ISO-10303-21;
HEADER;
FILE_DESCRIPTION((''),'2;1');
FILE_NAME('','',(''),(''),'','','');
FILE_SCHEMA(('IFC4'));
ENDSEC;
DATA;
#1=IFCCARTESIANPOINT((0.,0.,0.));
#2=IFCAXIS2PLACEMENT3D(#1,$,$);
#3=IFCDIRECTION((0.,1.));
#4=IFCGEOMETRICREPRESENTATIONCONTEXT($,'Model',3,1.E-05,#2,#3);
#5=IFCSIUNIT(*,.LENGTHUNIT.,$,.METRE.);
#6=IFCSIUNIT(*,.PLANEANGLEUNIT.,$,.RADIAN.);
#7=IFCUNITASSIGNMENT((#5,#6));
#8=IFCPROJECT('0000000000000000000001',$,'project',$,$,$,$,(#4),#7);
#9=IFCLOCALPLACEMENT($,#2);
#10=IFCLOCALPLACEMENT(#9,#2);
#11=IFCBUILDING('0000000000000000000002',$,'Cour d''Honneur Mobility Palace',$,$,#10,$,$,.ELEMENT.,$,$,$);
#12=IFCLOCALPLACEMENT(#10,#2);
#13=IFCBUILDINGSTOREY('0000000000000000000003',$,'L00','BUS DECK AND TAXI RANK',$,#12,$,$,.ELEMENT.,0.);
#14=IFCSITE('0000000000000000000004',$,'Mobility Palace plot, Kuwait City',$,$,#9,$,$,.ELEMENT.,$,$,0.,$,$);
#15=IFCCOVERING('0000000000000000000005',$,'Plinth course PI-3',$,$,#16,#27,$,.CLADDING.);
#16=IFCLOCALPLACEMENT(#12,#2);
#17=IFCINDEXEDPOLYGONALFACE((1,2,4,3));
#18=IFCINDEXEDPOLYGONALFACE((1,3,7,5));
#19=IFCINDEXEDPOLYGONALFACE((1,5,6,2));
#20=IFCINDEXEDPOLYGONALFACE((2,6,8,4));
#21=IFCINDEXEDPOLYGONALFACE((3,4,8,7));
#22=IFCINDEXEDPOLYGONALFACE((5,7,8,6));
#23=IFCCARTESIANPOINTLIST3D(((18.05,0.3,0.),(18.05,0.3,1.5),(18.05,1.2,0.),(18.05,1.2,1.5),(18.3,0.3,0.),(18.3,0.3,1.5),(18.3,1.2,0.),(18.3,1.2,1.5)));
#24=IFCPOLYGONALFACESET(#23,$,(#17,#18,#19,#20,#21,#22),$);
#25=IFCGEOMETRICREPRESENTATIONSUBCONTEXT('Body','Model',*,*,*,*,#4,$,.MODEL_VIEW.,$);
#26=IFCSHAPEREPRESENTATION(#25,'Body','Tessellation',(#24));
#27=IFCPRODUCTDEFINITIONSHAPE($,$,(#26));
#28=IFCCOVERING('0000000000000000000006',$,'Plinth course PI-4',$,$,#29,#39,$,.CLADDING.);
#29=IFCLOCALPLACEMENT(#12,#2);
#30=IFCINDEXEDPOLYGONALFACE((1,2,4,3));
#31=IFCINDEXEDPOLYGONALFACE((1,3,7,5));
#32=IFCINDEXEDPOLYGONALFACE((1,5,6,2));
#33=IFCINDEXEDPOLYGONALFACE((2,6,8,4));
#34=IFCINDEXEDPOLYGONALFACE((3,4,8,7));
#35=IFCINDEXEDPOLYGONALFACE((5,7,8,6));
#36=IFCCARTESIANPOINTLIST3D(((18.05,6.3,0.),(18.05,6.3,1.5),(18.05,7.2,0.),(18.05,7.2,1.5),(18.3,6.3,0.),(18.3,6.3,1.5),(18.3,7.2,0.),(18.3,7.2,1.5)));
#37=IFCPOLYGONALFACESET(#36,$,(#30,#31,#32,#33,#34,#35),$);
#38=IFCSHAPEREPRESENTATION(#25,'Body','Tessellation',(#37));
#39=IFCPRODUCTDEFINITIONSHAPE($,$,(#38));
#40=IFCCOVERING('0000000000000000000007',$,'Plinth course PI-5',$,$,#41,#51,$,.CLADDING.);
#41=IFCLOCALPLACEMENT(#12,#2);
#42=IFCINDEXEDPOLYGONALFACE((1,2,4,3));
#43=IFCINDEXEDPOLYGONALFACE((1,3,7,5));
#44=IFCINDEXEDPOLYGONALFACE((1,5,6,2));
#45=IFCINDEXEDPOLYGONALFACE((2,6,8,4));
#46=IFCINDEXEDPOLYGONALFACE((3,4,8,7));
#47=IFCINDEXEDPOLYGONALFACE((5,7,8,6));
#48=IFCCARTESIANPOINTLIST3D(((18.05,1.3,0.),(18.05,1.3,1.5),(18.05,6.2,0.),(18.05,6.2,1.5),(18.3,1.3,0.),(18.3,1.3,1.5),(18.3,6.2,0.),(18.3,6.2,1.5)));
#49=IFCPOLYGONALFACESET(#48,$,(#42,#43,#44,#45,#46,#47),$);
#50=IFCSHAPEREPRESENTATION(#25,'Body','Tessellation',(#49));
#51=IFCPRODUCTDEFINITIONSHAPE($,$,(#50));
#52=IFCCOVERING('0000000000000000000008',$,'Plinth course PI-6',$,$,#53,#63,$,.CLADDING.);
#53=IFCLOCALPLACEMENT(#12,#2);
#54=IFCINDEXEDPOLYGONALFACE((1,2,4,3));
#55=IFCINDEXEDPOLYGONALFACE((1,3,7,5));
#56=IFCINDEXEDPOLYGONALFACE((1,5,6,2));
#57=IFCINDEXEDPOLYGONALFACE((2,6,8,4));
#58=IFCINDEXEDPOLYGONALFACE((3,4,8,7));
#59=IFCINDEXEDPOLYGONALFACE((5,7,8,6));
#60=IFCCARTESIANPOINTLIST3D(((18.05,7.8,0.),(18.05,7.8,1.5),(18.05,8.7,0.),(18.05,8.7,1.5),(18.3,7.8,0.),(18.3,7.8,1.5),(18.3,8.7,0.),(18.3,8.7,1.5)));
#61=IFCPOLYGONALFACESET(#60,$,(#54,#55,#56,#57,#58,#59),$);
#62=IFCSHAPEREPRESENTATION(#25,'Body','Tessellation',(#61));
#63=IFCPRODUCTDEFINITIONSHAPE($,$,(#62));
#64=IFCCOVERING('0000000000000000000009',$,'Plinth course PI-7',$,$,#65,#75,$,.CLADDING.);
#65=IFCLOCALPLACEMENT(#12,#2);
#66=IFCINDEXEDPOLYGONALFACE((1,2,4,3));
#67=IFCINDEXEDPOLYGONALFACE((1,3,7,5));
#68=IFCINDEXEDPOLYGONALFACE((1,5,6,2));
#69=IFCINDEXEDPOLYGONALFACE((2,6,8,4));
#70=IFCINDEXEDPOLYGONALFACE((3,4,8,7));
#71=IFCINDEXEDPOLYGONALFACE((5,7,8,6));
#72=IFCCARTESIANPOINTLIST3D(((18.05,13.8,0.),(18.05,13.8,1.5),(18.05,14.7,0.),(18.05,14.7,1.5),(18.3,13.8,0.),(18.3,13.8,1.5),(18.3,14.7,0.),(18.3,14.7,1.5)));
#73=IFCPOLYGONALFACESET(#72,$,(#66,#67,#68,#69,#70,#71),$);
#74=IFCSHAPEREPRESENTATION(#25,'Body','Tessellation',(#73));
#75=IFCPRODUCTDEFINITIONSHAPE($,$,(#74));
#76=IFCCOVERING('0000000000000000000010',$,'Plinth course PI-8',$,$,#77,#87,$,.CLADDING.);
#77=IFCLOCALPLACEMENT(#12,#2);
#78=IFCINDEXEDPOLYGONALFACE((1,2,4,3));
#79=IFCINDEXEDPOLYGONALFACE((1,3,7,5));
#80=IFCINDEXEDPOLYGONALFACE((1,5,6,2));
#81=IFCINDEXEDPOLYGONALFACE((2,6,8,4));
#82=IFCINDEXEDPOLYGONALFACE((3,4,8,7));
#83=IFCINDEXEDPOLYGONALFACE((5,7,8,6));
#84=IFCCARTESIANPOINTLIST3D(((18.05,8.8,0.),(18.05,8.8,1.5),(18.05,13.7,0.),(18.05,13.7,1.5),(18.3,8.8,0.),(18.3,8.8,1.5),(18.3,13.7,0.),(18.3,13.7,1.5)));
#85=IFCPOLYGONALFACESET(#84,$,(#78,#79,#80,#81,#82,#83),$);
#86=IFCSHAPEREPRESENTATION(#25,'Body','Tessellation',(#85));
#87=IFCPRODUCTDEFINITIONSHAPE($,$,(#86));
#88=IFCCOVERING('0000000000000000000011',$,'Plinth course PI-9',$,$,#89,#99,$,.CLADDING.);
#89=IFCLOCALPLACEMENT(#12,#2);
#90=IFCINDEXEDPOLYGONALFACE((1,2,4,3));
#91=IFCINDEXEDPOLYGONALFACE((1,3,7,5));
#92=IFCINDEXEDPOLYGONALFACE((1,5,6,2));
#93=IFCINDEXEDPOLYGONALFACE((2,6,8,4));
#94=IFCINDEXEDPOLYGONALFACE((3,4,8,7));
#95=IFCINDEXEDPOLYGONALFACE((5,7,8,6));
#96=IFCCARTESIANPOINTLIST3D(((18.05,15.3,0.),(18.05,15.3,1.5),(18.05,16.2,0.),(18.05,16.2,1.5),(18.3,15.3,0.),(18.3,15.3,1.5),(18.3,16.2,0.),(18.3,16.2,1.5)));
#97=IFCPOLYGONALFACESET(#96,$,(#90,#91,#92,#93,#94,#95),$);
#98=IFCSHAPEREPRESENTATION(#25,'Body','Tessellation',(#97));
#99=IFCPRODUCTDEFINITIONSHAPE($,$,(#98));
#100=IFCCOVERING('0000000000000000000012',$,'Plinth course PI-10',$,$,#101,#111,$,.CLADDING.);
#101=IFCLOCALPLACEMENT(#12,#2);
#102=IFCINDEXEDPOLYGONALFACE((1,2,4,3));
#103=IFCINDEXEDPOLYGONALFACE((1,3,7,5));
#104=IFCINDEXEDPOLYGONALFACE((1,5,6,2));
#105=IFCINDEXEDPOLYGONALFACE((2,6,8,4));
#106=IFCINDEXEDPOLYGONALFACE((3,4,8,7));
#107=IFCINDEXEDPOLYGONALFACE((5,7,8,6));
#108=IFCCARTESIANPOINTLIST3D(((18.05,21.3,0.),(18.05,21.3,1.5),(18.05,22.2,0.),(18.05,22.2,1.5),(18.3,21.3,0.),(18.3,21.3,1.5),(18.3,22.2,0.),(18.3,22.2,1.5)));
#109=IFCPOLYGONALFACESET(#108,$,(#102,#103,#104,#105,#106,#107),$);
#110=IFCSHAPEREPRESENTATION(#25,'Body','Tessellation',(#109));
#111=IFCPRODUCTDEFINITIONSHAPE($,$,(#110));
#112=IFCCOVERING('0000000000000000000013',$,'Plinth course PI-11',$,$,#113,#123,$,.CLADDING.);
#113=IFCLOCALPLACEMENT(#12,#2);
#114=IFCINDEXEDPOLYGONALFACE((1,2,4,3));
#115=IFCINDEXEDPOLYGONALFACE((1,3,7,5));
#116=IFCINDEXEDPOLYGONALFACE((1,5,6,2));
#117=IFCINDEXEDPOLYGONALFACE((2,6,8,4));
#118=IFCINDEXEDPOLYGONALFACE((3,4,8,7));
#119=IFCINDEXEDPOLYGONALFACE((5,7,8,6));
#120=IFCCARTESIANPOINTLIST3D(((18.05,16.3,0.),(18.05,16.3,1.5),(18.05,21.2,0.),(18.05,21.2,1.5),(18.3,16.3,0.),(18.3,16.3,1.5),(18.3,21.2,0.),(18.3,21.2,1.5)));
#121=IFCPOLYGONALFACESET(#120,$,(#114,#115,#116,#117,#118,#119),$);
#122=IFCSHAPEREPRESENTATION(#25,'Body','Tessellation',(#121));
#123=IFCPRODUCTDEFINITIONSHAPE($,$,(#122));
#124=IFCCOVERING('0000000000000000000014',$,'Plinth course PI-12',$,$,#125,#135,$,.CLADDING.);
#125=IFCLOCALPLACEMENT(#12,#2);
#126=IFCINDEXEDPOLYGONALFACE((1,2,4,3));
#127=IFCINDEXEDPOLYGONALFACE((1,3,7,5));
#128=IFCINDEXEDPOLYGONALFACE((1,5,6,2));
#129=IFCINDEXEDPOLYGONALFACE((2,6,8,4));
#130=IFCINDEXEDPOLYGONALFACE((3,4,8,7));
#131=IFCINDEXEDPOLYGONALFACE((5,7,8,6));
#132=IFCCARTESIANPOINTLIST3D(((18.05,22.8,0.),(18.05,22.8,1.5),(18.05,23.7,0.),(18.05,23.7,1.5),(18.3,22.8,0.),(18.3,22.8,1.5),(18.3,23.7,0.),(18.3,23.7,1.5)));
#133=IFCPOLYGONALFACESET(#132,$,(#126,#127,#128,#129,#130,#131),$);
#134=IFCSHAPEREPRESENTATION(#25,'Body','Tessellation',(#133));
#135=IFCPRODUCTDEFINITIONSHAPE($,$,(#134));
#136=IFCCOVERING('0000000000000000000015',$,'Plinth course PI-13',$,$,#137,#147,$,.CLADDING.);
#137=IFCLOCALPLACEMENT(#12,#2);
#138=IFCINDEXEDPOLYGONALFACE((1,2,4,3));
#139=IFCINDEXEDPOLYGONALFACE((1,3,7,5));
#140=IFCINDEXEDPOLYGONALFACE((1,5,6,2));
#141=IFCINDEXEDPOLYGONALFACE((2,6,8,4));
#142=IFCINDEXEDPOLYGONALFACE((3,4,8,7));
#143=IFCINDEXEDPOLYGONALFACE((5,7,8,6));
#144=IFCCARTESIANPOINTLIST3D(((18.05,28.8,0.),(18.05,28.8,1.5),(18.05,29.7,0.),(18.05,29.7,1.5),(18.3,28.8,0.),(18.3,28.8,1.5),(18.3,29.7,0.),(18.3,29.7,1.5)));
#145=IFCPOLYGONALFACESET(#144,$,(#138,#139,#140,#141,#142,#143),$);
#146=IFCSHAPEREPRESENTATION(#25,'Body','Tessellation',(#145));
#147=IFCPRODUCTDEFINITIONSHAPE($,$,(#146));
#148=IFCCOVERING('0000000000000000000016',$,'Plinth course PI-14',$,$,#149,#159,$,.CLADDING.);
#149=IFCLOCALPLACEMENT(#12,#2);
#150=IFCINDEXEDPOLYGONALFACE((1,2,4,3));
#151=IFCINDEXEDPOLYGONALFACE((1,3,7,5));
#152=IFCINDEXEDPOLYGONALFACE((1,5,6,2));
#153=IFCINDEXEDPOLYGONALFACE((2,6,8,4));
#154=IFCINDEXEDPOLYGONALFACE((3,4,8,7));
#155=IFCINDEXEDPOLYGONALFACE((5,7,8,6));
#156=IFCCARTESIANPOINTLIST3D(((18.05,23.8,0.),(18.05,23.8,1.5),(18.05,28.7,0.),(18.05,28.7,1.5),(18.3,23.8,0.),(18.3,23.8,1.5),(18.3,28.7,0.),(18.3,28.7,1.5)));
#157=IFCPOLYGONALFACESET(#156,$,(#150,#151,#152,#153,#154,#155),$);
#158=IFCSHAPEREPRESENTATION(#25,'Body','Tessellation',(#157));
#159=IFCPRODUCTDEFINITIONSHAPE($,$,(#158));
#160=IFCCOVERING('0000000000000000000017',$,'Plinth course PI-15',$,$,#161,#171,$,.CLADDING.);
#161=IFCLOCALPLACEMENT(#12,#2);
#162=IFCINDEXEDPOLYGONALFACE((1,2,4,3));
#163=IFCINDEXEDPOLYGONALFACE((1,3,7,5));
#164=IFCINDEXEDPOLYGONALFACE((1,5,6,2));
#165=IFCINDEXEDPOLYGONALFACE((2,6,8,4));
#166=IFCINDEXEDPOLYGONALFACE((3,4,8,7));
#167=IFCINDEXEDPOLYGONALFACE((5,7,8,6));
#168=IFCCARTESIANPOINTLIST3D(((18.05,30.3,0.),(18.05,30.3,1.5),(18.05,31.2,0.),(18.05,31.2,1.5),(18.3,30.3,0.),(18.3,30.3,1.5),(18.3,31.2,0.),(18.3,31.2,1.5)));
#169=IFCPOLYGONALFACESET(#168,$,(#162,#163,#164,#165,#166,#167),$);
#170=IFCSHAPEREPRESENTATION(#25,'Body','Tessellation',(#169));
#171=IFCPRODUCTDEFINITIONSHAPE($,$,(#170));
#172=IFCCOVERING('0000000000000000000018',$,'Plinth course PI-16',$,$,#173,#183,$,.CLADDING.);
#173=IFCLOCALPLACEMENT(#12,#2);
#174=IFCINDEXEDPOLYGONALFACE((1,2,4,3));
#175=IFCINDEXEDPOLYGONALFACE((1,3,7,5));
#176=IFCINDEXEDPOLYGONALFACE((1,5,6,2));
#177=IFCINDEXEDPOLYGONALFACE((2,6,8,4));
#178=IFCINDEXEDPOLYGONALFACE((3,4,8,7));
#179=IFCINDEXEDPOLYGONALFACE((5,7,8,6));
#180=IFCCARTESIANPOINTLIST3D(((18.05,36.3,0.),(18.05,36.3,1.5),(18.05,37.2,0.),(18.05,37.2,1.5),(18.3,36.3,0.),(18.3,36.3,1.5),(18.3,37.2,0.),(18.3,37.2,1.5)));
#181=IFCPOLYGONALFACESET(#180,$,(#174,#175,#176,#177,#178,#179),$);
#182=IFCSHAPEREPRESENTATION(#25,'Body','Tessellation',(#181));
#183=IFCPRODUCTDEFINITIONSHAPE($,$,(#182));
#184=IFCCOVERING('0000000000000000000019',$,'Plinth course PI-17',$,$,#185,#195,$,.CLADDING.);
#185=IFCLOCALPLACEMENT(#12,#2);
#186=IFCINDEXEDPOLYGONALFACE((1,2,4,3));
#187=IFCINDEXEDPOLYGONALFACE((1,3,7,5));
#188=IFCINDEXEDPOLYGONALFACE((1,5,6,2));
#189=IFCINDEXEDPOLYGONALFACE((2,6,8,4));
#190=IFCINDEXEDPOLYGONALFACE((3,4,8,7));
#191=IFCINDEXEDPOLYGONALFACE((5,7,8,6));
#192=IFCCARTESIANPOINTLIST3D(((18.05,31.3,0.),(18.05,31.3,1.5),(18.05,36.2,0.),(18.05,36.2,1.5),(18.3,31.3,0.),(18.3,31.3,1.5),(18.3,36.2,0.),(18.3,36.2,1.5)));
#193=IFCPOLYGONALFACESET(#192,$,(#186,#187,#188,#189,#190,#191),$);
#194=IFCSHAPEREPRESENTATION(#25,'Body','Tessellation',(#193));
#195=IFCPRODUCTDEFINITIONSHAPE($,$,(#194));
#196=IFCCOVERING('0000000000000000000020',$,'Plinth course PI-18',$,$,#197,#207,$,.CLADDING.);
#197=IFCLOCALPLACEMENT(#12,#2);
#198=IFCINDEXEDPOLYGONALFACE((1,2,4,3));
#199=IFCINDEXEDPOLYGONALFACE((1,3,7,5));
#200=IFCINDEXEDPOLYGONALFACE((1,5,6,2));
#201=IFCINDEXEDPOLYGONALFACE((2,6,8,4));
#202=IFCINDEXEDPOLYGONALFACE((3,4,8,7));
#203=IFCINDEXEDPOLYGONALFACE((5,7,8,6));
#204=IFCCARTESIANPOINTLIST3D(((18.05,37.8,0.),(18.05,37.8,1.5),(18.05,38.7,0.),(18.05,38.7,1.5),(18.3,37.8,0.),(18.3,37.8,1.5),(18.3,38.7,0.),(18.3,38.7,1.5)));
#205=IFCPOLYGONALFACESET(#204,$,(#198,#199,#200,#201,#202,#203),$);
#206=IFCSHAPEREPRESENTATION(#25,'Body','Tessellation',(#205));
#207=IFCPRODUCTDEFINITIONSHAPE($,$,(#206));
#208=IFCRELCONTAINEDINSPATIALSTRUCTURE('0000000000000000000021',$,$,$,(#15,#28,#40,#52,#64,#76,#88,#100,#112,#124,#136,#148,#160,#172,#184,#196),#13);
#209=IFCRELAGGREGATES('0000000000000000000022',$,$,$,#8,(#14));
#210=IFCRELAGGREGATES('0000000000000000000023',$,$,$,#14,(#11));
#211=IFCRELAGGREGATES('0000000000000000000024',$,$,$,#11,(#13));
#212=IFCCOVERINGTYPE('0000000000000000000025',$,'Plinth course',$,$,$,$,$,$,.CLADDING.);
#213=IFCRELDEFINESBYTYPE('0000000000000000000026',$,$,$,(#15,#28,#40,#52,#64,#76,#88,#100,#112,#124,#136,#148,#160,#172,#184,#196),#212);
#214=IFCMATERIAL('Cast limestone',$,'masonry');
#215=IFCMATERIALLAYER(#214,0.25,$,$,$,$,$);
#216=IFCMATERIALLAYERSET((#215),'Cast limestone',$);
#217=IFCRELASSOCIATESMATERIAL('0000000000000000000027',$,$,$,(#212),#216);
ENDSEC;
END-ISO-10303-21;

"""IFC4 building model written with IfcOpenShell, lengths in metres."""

from ifc_helpers import new_model, si_unit, direction, origin, place, context, subcontext, project, spatial, polyline, outline, extrude, material, layer, layer_set, type_object, element, save


model = new_model("IFC4")

# Units and contexts
model_context = context("Model", 3, precision=1e-05, world=origin(), true_north=direction((0.0, 1.0)))
body_context = subcontext(model_context, "Body", "Model", "MODEL_VIEW")
ifc_project = project(units=[si_unit("LENGTHUNIT", "METRE"), si_unit("PLANEANGLEUNIT", "RADIAN")], contexts=[model_context])

# Site, building, storey
site_placement = place(None, origin())
site = spatial("IfcSite", under=ifc_project, at=site_placement, Name="Mobility Palace plot, Kuwait City", CompositionType="ELEMENT", RefElevation=0.0)
building_placement = place(site_placement, origin())
building = spatial("IfcBuilding", under=site, at=building_placement, Name="Cour d'Honneur Mobility Palace", CompositionType="ELEMENT")
storey_placement = place(building_placement, origin())
storey = spatial("IfcBuildingStorey", under=building, at=storey_placement, Name="L00", Description="BUS DECK AND TAXI RANK", CompositionType="ELEMENT", Elevation=0.0)

# Coverings
ifc_material = material(Name="Cast limestone", Category="masonry")
ifc_layer = layer(ifc_material, 0.25)
ifc_layer_set = layer_set([ifc_layer], Name="Cast limestone")
covering_type = type_object("IfcCoveringType", Name="Plinth course", PredefinedType="CLADDING", material=ifc_layer_set)
covering_1_placement = place(storey_placement, origin())
element("IfcCovering", 1, at=covering_1_placement, inside=storey, type_object=covering_type, Name="Plinth course PI-3", PredefinedType="CLADDING", context=body_context, shape_type="SweptSolid", body=[
    extrude(outline(polyline([(18.05, 0.3), (18.05, 1.2), (18.3, 1.2), (18.3, 0.3), (18.05, 0.3)])), origin(), (0.0, 0.0, 1.0), 1.5),
])
covering_2_placement = place(storey_placement, origin())
element("IfcCovering", 2, at=covering_2_placement, inside=storey, type_object=covering_type, Name="Plinth course PI-4", PredefinedType="CLADDING", context=body_context, shape_type="SweptSolid", body=[
    extrude(outline(polyline([(18.05, 6.3), (18.05, 7.2), (18.3, 7.2), (18.3, 6.3), (18.05, 6.3)])), origin(), (0.0, 0.0, 1.0), 1.5),
])
covering_3_placement = place(storey_placement, origin())
element("IfcCovering", 3, at=covering_3_placement, inside=storey, type_object=covering_type, Name="Plinth course PI-5", PredefinedType="CLADDING", context=body_context, shape_type="SweptSolid", body=[
    extrude(outline(polyline([(18.05, 1.3), (18.05, 6.2), (18.3, 6.2), (18.3, 1.3), (18.05, 1.3)])), origin(), (0.0, 0.0, 1.0), 1.5),
])
covering_4_placement = place(storey_placement, origin())
element("IfcCovering", 4, at=covering_4_placement, inside=storey, type_object=covering_type, Name="Plinth course PI-6", PredefinedType="CLADDING", context=body_context, shape_type="SweptSolid", body=[
    extrude(outline(polyline([(18.05, 7.8), (18.05, 8.7), (18.3, 8.7), (18.3, 7.8), (18.05, 7.8)])), origin(), (0.0, 0.0, 1.0), 1.5),
])
covering_5_placement = place(storey_placement, origin())
element("IfcCovering", 5, at=covering_5_placement, inside=storey, type_object=covering_type, Name="Plinth course PI-7", PredefinedType="CLADDING", context=body_context, shape_type="SweptSolid", body=[
    extrude(outline(polyline([(18.05, 13.8), (18.05, 14.7), (18.3, 14.7), (18.3, 13.8), (18.05, 13.8)])), origin(), (0.0, 0.0, 1.0), 1.5),
])
covering_6_placement = place(storey_placement, origin())
element("IfcCovering", 6, at=covering_6_placement, inside=storey, type_object=covering_type, Name="Plinth course PI-8", PredefinedType="CLADDING", context=body_context, shape_type="SweptSolid", body=[
    extrude(outline(polyline([(18.05, 8.8), (18.05, 13.7), (18.3, 13.7), (18.3, 8.8), (18.05, 8.8)])), origin(), (0.0, 0.0, 1.0), 1.5),
])
covering_7_placement = place(storey_placement, origin())
element("IfcCovering", 7, at=covering_7_placement, inside=storey, type_object=covering_type, Name="Plinth course PI-9", PredefinedType="CLADDING", context=body_context, shape_type="SweptSolid", body=[
    extrude(outline(polyline([(18.05, 15.3), (18.05, 16.2), (18.3, 16.2), (18.3, 15.3), (18.05, 15.3)])), origin(), (0.0, 0.0, 1.0), 1.5),
])
covering_8_placement = place(storey_placement, origin())
element("IfcCovering", 8, at=covering_8_placement, inside=storey, type_object=covering_type, Name="Plinth course PI-10", PredefinedType="CLADDING", context=body_context, shape_type="SweptSolid", body=[
    extrude(outline(polyline([(18.05, 21.3), (18.05, 22.2), (18.3, 22.2), (18.3, 21.3), (18.05, 21.3)])), origin(), (0.0, 0.0, 1.0), 1.5),
])
covering_9_placement = place(storey_placement, origin())
element("IfcCovering", 9, at=covering_9_placement, inside=storey, type_object=covering_type, Name="Plinth course PI-11", PredefinedType="CLADDING", context=body_context, shape_type="SweptSolid", body=[
    extrude(outline(polyline([(18.05, 16.3), (18.05, 21.2), (18.3, 21.2), (18.3, 16.3), (18.05, 16.3)])), origin(), (0.0, 0.0, 1.0), 1.5),
])
covering_10_placement = place(storey_placement, origin())
element("IfcCovering", 10, at=covering_10_placement, inside=storey, type_object=covering_type, Name="Plinth course PI-12", PredefinedType="CLADDING", context=body_context, shape_type="SweptSolid", body=[
    extrude(outline(polyline([(18.05, 22.8), (18.05, 23.7), (18.3, 23.7), (18.3, 22.8), (18.05, 22.8)])), origin(), (0.0, 0.0, 1.0), 1.5),
])
covering_11_placement = place(storey_placement, origin())
element("IfcCovering", 11, at=covering_11_placement, inside=storey, type_object=covering_type, Name="Plinth course PI-13", PredefinedType="CLADDING", context=body_context, shape_type="SweptSolid", body=[
    extrude(outline(polyline([(18.05, 28.8), (18.05, 29.7), (18.3, 29.7), (18.3, 28.8), (18.05, 28.8)])), origin(), (0.0, 0.0, 1.0), 1.5),
])
covering_12_placement = place(storey_placement, origin())
element("IfcCovering", 12, at=covering_12_placement, inside=storey, type_object=covering_type, Name="Plinth course PI-14", PredefinedType="CLADDING", context=body_context, shape_type="SweptSolid", body=[
    extrude(outline(polyline([(18.05, 23.8), (18.05, 28.7), (18.3, 28.7), (18.3, 23.8), (18.05, 23.8)])), origin(), (0.0, 0.0, 1.0), 1.5),
])
covering_13_placement = place(storey_placement, origin())
element("IfcCovering", 13, at=covering_13_placement, inside=storey, type_object=covering_type, Name="Plinth course PI-15", PredefinedType="CLADDING", context=body_context, shape_type="SweptSolid", body=[
    extrude(outline(polyline([(18.05, 30.3), (18.05, 31.2), (18.3, 31.2), (18.3, 30.3), (18.05, 30.3)])), origin(), (0.0, 0.0, 1.0), 1.5),
])
covering_14_placement = place(storey_placement, origin())
element("IfcCovering", 14, at=covering_14_placement, inside=storey, type_object=covering_type, Name="Plinth course PI-16", PredefinedType="CLADDING", context=body_context, shape_type="SweptSolid", body=[
    extrude(outline(polyline([(18.05, 36.3), (18.05, 37.2), (18.3, 37.2), (18.3, 36.3), (18.05, 36.3)])), origin(), (0.0, 0.0, 1.0), 1.5),
])
covering_15_placement = place(storey_placement, origin())
element("IfcCovering", 15, at=covering_15_placement, inside=storey, type_object=covering_type, Name="Plinth course PI-17", PredefinedType="CLADDING", context=body_context, shape_type="SweptSolid", body=[
    extrude(outline(polyline([(18.05, 31.3), (18.05, 36.2), (18.3, 36.2), (18.3, 31.3), (18.05, 31.3)])), origin(), (0.0, 0.0, 1.0), 1.5),
])
covering_16_placement = place(storey_placement, origin())
element("IfcCovering", 16, at=covering_16_placement, inside=storey, type_object=covering_type, Name="Plinth course PI-18", PredefinedType="CLADDING", context=body_context, shape_type="SweptSolid", body=[
    extrude(outline(polyline([(18.05, 37.8), (18.05, 38.7), (18.3, 38.7), (18.3, 37.8), (18.05, 37.8)])), origin(), (0.0, 0.0, 1.0), 1.5),
])

save(model, "model.ifc")
